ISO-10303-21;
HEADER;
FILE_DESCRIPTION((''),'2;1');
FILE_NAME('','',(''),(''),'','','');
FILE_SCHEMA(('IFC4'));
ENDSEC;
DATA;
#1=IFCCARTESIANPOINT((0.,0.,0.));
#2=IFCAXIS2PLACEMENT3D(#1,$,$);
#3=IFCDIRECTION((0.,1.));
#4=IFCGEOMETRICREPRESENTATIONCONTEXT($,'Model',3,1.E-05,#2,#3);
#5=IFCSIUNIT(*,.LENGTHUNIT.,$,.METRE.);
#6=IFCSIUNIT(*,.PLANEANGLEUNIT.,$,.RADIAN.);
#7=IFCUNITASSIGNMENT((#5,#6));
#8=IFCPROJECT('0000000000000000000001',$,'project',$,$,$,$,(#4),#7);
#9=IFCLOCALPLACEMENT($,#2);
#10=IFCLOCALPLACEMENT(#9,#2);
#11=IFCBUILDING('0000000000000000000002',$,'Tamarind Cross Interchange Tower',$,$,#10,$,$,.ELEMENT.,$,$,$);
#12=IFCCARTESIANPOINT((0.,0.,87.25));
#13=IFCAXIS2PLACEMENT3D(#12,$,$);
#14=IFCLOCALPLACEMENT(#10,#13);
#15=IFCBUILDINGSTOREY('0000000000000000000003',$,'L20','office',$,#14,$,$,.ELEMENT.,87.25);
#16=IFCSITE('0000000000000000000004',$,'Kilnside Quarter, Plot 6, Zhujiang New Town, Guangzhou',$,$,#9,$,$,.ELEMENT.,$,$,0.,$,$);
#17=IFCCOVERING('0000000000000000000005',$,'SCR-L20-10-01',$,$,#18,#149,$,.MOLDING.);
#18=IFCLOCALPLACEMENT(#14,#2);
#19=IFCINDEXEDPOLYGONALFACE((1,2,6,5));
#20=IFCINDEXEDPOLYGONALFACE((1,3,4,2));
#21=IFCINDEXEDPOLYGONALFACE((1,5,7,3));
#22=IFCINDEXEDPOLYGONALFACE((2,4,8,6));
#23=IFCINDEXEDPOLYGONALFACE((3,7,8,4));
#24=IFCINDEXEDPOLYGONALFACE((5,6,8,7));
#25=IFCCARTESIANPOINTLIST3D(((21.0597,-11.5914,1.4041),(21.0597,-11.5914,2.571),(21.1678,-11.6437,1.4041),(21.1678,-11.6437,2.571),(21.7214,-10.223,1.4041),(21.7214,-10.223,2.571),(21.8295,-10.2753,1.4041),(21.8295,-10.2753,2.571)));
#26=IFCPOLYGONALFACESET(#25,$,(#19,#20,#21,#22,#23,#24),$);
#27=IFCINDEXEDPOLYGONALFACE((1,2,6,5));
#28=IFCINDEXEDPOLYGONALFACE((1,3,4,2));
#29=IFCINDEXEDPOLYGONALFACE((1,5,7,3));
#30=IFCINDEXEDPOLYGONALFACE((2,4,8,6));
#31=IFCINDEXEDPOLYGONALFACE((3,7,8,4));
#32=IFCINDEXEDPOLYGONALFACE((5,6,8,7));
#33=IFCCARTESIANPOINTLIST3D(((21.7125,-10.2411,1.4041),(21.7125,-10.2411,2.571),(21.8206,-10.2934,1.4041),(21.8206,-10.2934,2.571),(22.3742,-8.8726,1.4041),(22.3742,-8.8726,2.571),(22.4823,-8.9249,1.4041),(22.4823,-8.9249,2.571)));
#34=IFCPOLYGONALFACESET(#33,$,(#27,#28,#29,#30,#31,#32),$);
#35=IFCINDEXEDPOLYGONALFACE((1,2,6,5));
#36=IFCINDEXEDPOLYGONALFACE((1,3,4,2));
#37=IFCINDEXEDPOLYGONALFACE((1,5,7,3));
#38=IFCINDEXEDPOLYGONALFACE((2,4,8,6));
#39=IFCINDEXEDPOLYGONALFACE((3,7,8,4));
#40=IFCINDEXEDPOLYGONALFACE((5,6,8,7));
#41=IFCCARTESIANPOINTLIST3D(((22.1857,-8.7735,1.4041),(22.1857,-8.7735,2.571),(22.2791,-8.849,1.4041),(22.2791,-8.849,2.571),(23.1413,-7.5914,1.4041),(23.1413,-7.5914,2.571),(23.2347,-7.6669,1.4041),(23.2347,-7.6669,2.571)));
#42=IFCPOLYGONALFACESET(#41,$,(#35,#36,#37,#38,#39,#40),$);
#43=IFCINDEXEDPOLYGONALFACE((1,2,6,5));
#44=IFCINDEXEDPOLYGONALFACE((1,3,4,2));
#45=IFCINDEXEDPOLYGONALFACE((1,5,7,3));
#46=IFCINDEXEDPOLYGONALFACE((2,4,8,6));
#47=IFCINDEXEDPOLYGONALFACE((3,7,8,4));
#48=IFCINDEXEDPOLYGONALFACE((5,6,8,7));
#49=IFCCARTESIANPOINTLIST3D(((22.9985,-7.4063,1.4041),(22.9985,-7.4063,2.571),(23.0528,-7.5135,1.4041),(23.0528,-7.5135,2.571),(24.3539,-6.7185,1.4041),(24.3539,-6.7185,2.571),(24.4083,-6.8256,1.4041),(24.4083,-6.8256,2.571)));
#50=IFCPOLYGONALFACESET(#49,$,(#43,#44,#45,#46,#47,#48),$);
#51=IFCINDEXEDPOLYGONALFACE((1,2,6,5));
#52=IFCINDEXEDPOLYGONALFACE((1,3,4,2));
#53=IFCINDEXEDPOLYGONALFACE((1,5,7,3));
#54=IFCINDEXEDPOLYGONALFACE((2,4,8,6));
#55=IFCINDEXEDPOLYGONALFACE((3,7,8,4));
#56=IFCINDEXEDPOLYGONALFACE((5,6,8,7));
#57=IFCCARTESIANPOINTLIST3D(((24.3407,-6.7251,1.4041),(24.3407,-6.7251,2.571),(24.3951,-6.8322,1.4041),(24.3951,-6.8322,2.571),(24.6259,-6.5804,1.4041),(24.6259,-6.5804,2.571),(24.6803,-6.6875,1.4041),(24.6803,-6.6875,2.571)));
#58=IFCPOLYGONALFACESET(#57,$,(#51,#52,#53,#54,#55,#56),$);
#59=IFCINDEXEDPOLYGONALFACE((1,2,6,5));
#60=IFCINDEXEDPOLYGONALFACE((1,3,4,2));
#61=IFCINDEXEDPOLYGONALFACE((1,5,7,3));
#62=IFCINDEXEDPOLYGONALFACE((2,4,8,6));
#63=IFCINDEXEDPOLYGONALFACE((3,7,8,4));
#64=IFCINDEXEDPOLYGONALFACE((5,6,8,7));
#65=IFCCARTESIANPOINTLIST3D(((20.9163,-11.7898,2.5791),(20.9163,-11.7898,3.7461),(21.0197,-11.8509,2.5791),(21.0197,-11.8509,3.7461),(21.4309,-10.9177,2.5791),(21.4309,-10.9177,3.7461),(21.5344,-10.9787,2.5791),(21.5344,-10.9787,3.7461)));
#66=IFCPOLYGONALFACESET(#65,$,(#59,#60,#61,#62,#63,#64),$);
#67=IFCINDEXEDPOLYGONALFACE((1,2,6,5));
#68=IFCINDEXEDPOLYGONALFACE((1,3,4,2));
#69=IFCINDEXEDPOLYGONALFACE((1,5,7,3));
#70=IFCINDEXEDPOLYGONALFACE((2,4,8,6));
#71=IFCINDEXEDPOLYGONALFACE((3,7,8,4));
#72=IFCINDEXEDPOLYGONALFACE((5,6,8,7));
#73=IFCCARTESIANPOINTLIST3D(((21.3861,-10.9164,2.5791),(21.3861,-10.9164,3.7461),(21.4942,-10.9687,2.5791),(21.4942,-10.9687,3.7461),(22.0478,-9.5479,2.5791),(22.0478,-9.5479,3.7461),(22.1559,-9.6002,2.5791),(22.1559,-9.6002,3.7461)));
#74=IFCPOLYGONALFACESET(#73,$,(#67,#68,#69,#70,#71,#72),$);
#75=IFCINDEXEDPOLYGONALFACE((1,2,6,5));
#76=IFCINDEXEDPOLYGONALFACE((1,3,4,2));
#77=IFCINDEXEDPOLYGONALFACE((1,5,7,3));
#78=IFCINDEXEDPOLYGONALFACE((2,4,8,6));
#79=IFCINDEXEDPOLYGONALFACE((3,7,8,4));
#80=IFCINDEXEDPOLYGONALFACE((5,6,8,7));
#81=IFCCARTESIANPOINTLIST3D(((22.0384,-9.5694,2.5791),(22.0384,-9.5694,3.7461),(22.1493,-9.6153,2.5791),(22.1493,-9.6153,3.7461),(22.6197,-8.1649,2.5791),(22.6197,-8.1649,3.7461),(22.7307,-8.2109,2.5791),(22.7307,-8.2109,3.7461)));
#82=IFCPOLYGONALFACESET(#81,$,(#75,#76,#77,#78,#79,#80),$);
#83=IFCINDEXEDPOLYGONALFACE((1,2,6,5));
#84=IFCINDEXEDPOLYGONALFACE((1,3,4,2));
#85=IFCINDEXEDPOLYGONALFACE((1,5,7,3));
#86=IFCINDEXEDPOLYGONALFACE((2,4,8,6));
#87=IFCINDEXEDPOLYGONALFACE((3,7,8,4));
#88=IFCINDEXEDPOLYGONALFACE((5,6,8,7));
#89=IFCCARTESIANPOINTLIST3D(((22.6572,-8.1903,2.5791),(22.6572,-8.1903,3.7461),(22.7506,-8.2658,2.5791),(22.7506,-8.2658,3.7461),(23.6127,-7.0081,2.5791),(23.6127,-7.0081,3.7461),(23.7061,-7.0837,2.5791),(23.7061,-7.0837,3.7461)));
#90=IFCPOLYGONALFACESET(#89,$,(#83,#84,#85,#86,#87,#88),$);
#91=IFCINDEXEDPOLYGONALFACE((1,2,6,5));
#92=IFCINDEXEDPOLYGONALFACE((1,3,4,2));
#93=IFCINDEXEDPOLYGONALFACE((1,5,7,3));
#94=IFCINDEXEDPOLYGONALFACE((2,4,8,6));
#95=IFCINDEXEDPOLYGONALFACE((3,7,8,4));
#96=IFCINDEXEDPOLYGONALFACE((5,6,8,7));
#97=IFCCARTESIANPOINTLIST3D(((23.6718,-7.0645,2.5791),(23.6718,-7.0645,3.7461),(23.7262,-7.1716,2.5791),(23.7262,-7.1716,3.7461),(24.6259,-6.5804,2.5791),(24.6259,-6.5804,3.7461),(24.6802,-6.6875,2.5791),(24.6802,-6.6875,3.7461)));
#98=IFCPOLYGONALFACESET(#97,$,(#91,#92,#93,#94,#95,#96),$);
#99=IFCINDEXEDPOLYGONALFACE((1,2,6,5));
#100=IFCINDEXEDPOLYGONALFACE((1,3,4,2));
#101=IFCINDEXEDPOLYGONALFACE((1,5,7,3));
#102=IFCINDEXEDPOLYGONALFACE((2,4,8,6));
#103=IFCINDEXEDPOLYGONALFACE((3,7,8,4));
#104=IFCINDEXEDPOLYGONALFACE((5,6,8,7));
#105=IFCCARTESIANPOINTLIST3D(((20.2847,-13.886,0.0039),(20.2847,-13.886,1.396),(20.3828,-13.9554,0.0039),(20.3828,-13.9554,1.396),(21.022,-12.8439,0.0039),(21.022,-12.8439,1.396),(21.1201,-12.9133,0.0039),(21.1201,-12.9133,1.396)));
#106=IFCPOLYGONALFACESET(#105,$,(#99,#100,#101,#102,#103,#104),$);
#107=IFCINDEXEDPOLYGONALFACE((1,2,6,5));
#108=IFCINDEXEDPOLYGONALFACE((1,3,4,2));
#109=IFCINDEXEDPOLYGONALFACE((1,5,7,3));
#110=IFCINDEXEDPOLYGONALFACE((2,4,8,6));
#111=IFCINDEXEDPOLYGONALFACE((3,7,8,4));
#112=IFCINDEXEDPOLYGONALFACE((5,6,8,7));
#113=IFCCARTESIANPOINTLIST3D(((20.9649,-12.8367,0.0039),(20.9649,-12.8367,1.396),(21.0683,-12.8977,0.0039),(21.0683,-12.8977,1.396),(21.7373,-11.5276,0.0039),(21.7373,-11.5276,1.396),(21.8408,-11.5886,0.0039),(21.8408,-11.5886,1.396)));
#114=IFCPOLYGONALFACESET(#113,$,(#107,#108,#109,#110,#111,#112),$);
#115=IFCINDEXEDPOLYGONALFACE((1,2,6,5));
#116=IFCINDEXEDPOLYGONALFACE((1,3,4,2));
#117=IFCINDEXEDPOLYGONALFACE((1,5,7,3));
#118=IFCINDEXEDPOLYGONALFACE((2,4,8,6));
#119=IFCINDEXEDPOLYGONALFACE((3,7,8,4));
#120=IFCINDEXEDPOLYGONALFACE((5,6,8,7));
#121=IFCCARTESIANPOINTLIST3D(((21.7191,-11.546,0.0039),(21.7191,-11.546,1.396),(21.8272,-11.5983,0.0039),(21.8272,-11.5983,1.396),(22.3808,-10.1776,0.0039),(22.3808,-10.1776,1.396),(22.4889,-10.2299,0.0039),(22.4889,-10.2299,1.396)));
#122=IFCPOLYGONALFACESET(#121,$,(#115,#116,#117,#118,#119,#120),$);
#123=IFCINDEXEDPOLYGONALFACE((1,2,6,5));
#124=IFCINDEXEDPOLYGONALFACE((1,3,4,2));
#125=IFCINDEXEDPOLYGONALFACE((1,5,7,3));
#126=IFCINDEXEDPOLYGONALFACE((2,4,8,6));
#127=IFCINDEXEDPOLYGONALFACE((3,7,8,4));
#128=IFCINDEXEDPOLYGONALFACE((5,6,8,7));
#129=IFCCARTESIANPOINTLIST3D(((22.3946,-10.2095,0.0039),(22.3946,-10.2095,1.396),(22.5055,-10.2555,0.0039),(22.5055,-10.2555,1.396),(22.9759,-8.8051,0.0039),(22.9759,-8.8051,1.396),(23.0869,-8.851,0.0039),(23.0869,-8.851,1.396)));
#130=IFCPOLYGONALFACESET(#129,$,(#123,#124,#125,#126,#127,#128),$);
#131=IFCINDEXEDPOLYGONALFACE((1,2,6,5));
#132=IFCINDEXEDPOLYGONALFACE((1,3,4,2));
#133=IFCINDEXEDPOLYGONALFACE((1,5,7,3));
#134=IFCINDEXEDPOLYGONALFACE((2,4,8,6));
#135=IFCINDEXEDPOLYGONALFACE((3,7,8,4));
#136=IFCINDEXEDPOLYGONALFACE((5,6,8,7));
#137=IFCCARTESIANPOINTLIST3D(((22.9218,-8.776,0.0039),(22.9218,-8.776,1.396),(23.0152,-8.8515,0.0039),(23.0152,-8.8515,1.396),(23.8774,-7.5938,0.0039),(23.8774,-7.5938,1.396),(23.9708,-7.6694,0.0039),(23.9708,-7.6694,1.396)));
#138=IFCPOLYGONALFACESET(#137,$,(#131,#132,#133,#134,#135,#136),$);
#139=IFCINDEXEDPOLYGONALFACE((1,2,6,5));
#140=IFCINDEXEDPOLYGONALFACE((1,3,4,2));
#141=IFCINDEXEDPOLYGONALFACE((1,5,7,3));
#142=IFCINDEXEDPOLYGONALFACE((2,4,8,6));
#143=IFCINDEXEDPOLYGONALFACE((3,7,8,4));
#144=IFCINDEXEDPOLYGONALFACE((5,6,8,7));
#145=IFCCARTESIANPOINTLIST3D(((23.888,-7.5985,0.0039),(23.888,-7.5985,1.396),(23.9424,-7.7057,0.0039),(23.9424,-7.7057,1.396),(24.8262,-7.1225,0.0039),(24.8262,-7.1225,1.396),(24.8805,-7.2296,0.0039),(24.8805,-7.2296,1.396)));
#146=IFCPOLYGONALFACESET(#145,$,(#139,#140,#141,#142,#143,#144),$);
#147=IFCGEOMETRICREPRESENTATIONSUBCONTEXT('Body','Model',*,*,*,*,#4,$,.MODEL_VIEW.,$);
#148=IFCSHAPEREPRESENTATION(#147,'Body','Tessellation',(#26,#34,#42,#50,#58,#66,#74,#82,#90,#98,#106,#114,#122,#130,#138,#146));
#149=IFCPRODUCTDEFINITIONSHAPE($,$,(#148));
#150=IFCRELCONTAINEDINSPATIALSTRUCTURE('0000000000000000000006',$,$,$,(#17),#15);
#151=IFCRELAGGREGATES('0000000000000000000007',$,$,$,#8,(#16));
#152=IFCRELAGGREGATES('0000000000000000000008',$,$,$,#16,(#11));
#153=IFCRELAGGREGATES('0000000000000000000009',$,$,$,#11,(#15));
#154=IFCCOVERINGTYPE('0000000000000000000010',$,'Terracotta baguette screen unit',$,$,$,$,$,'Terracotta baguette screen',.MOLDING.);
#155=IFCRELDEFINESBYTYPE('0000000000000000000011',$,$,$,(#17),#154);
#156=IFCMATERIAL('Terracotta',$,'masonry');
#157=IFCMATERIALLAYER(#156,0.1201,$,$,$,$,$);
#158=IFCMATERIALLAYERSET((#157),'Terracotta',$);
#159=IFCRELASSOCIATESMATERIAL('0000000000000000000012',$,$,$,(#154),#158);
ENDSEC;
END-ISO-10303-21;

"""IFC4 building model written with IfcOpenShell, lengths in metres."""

from ifc_helpers import new_model, si_unit, direction, frame, origin, origin_2d, place, context, subcontext, project, spatial, rectangle, extrude, material, layer, layer_set, type_object, element, save


model = new_model("IFC4")

# Units and contexts
model_context = context("Model", 3, precision=1e-05, world=origin(), true_north=direction((0.0, 1.0)))
body_context = subcontext(model_context, "Body", "Model", "MODEL_VIEW")
ifc_project = project(units=[si_unit("LENGTHUNIT", "METRE"), si_unit("PLANEANGLEUNIT", "RADIAN")], contexts=[model_context])

# Site, building, storey
site_placement = place(None, origin())
site = spatial("IfcSite", under=ifc_project, at=site_placement, Name="Kilnside Quarter, Plot 6, Zhujiang New Town, Guangzhou", CompositionType="ELEMENT", RefElevation=0.0)
building_placement = place(site_placement, origin())
building = spatial("IfcBuilding", under=site, at=building_placement, Name="Tamarind Cross Interchange Tower", CompositionType="ELEMENT")
storey_placement = place(building_placement, frame((0.0, 0.0, 87.25)))
storey = spatial("IfcBuildingStorey", under=building, at=storey_placement, Name="L20", Description="office", CompositionType="ELEMENT", Elevation=87.25)

# Covering
ifc_material_1 = material(Name="Terracotta", Category="masonry")
ifc_layer_1 = layer(ifc_material_1, 0.1201)
ifc_layer_set_1 = layer_set([ifc_layer_1], Name="Terracotta")
covering_type = type_object("IfcCoveringType", Name="Terracotta baguette screen unit", ElementType="Terracotta baguette screen", PredefinedType="MOLDING", material=ifc_layer_set_1)
covering_1_placement = place(storey_placement, origin())
element("IfcCovering", 1, at=covering_1_placement, inside=storey, type_object=covering_type, Name="SCR-L20-10-01", PredefinedType="MOLDING", context=body_context, shape_type="SweptSolid", body=[
    extrude(rectangle(XDim=1.52, YDim=0.1201, at=origin_2d()), frame((21.4446, -10.9333, 1.4041), z_axis=(0.0, 0.0, 1.0), x_axis=(0.435326, 0.900273, 0.0)), (0.0, 0.0, 1.0), 1.167),
    extrude(rectangle(XDim=1.52, YDim=0.1201, at=origin_2d()), frame((22.0974, -9.583, 1.4041), z_axis=(0.0, 0.0, 1.0), x_axis=(0.435326, 0.900273, 0.0)), (0.0, 0.0, 1.0), 1.167),
    extrude(rectangle(XDim=1.52, YDim=0.1201, at=origin_2d()), frame((22.7102, -8.2202, 1.4041), z_axis=(0.0, 0.0, 1.0), x_axis=(0.628637, 0.777699, 0.0)), (0.0, 0.0, 1.0), 1.167),
    extrude(rectangle(XDim=1.52, YDim=0.1201, at=origin_2d()), frame((23.7034, -7.116, 1.4041), z_axis=(0.0, 0.0, 1.0), x_axis=(0.891746, 0.452536, 0.0)), (0.0, 0.0, 1.0), 1.167),
    extrude(rectangle(XDim=0.3198, YDim=0.1201, at=origin_2d()), frame((24.5105, -6.7063, 1.4041), z_axis=(0.0, 0.0, 1.0), x_axis=(0.891746, 0.452536, 0.0)), (0.0, 0.0, 1.0), 1.167),
    extrude(rectangle(XDim=1.0127, YDim=0.1201, at=origin_2d()), frame((21.2253, -11.3843, 2.5791), z_axis=(0.0, 0.0, 1.0), x_axis=(0.508183, 0.861249, 0.0)), (0.0, 0.0, 1.0), 1.167),
    extrude(rectangle(XDim=1.52, YDim=0.1201, at=origin_2d()), frame((21.771, -10.2583, 2.5791), z_axis=(0.0, 0.0, 1.0), x_axis=(0.435326, 0.900273, 0.0)), (0.0, 0.0, 1.0), 1.167),
    extrude(rectangle(XDim=1.52, YDim=0.1201, at=origin_2d()), frame((22.3845, -8.8901, 2.5791), z_axis=(0.0, 0.0, 1.0), x_axis=(0.382467, 0.923969, 0.0)), (0.0, 0.0, 1.0), 1.167),
    extrude(rectangle(XDim=1.52, YDim=0.1201, at=origin_2d()), frame((23.1816, -7.637, 2.5791), z_axis=(0.0, 0.0, 1.0), x_axis=(0.628637, 0.777699, 0.0)), (0.0, 0.0, 1.0), 1.167),
    extrude(rectangle(XDim=1.0698, YDim=0.1201, at=origin_2d()), frame((24.176, -6.876, 2.5791), z_axis=(0.0, 0.0, 1.0), x_axis=(0.891746, 0.452536, 0.0)), (0.0, 0.0, 1.0), 1.167),
    extrude(rectangle(XDim=1.2766, YDim=0.1201, at=origin_2d()), frame((20.7024, -13.3997, 0.0039), z_axis=(0.0, 0.0, 1.0), x_axis=(0.577569, 0.816342, 0.0)), (0.0, 0.0, 1.0), 1.3921),
    extrude(rectangle(XDim=1.52, YDim=0.1201, at=origin_2d()), frame((21.4028, -12.2126, 0.0039), z_axis=(0.0, 0.0, 1.0), x_axis=(0.508183, 0.861249, 0.0)), (0.0, 0.0, 1.0), 1.3921),
    extrude(rectangle(XDim=1.52, YDim=0.1201, at=origin_2d()), frame((22.104, -10.8879, 0.0039), z_axis=(0.0, 0.0, 1.0), x_axis=(0.435326, 0.900273, 0.0)), (0.0, 0.0, 1.0), 1.3921),
    extrude(rectangle(XDim=1.52, YDim=0.1201, at=origin_2d()), frame((22.7407, -9.5303, 0.0039), z_axis=(0.0, 0.0, 1.0), x_axis=(0.382467, 0.923969, 0.0)), (0.0, 0.0, 1.0), 1.3921),
    extrude(rectangle(XDim=1.52, YDim=0.1201, at=origin_2d()), frame((23.4463, -8.2227, 0.0039), z_axis=(0.0, 0.0, 1.0), x_axis=(0.628637, 0.777699, 0.0)), (0.0, 0.0, 1.0), 1.3921),
    extrude(rectangle(XDim=1.052, YDim=0.1201, at=origin_2d()), frame((24.3843, -7.4141, 0.0039), z_axis=(0.0, 0.0, 1.0), x_axis=(0.891746, 0.452536, 0.0)), (0.0, 0.0, 1.0), 1.3921),
])

save(model, "model.ifc")
